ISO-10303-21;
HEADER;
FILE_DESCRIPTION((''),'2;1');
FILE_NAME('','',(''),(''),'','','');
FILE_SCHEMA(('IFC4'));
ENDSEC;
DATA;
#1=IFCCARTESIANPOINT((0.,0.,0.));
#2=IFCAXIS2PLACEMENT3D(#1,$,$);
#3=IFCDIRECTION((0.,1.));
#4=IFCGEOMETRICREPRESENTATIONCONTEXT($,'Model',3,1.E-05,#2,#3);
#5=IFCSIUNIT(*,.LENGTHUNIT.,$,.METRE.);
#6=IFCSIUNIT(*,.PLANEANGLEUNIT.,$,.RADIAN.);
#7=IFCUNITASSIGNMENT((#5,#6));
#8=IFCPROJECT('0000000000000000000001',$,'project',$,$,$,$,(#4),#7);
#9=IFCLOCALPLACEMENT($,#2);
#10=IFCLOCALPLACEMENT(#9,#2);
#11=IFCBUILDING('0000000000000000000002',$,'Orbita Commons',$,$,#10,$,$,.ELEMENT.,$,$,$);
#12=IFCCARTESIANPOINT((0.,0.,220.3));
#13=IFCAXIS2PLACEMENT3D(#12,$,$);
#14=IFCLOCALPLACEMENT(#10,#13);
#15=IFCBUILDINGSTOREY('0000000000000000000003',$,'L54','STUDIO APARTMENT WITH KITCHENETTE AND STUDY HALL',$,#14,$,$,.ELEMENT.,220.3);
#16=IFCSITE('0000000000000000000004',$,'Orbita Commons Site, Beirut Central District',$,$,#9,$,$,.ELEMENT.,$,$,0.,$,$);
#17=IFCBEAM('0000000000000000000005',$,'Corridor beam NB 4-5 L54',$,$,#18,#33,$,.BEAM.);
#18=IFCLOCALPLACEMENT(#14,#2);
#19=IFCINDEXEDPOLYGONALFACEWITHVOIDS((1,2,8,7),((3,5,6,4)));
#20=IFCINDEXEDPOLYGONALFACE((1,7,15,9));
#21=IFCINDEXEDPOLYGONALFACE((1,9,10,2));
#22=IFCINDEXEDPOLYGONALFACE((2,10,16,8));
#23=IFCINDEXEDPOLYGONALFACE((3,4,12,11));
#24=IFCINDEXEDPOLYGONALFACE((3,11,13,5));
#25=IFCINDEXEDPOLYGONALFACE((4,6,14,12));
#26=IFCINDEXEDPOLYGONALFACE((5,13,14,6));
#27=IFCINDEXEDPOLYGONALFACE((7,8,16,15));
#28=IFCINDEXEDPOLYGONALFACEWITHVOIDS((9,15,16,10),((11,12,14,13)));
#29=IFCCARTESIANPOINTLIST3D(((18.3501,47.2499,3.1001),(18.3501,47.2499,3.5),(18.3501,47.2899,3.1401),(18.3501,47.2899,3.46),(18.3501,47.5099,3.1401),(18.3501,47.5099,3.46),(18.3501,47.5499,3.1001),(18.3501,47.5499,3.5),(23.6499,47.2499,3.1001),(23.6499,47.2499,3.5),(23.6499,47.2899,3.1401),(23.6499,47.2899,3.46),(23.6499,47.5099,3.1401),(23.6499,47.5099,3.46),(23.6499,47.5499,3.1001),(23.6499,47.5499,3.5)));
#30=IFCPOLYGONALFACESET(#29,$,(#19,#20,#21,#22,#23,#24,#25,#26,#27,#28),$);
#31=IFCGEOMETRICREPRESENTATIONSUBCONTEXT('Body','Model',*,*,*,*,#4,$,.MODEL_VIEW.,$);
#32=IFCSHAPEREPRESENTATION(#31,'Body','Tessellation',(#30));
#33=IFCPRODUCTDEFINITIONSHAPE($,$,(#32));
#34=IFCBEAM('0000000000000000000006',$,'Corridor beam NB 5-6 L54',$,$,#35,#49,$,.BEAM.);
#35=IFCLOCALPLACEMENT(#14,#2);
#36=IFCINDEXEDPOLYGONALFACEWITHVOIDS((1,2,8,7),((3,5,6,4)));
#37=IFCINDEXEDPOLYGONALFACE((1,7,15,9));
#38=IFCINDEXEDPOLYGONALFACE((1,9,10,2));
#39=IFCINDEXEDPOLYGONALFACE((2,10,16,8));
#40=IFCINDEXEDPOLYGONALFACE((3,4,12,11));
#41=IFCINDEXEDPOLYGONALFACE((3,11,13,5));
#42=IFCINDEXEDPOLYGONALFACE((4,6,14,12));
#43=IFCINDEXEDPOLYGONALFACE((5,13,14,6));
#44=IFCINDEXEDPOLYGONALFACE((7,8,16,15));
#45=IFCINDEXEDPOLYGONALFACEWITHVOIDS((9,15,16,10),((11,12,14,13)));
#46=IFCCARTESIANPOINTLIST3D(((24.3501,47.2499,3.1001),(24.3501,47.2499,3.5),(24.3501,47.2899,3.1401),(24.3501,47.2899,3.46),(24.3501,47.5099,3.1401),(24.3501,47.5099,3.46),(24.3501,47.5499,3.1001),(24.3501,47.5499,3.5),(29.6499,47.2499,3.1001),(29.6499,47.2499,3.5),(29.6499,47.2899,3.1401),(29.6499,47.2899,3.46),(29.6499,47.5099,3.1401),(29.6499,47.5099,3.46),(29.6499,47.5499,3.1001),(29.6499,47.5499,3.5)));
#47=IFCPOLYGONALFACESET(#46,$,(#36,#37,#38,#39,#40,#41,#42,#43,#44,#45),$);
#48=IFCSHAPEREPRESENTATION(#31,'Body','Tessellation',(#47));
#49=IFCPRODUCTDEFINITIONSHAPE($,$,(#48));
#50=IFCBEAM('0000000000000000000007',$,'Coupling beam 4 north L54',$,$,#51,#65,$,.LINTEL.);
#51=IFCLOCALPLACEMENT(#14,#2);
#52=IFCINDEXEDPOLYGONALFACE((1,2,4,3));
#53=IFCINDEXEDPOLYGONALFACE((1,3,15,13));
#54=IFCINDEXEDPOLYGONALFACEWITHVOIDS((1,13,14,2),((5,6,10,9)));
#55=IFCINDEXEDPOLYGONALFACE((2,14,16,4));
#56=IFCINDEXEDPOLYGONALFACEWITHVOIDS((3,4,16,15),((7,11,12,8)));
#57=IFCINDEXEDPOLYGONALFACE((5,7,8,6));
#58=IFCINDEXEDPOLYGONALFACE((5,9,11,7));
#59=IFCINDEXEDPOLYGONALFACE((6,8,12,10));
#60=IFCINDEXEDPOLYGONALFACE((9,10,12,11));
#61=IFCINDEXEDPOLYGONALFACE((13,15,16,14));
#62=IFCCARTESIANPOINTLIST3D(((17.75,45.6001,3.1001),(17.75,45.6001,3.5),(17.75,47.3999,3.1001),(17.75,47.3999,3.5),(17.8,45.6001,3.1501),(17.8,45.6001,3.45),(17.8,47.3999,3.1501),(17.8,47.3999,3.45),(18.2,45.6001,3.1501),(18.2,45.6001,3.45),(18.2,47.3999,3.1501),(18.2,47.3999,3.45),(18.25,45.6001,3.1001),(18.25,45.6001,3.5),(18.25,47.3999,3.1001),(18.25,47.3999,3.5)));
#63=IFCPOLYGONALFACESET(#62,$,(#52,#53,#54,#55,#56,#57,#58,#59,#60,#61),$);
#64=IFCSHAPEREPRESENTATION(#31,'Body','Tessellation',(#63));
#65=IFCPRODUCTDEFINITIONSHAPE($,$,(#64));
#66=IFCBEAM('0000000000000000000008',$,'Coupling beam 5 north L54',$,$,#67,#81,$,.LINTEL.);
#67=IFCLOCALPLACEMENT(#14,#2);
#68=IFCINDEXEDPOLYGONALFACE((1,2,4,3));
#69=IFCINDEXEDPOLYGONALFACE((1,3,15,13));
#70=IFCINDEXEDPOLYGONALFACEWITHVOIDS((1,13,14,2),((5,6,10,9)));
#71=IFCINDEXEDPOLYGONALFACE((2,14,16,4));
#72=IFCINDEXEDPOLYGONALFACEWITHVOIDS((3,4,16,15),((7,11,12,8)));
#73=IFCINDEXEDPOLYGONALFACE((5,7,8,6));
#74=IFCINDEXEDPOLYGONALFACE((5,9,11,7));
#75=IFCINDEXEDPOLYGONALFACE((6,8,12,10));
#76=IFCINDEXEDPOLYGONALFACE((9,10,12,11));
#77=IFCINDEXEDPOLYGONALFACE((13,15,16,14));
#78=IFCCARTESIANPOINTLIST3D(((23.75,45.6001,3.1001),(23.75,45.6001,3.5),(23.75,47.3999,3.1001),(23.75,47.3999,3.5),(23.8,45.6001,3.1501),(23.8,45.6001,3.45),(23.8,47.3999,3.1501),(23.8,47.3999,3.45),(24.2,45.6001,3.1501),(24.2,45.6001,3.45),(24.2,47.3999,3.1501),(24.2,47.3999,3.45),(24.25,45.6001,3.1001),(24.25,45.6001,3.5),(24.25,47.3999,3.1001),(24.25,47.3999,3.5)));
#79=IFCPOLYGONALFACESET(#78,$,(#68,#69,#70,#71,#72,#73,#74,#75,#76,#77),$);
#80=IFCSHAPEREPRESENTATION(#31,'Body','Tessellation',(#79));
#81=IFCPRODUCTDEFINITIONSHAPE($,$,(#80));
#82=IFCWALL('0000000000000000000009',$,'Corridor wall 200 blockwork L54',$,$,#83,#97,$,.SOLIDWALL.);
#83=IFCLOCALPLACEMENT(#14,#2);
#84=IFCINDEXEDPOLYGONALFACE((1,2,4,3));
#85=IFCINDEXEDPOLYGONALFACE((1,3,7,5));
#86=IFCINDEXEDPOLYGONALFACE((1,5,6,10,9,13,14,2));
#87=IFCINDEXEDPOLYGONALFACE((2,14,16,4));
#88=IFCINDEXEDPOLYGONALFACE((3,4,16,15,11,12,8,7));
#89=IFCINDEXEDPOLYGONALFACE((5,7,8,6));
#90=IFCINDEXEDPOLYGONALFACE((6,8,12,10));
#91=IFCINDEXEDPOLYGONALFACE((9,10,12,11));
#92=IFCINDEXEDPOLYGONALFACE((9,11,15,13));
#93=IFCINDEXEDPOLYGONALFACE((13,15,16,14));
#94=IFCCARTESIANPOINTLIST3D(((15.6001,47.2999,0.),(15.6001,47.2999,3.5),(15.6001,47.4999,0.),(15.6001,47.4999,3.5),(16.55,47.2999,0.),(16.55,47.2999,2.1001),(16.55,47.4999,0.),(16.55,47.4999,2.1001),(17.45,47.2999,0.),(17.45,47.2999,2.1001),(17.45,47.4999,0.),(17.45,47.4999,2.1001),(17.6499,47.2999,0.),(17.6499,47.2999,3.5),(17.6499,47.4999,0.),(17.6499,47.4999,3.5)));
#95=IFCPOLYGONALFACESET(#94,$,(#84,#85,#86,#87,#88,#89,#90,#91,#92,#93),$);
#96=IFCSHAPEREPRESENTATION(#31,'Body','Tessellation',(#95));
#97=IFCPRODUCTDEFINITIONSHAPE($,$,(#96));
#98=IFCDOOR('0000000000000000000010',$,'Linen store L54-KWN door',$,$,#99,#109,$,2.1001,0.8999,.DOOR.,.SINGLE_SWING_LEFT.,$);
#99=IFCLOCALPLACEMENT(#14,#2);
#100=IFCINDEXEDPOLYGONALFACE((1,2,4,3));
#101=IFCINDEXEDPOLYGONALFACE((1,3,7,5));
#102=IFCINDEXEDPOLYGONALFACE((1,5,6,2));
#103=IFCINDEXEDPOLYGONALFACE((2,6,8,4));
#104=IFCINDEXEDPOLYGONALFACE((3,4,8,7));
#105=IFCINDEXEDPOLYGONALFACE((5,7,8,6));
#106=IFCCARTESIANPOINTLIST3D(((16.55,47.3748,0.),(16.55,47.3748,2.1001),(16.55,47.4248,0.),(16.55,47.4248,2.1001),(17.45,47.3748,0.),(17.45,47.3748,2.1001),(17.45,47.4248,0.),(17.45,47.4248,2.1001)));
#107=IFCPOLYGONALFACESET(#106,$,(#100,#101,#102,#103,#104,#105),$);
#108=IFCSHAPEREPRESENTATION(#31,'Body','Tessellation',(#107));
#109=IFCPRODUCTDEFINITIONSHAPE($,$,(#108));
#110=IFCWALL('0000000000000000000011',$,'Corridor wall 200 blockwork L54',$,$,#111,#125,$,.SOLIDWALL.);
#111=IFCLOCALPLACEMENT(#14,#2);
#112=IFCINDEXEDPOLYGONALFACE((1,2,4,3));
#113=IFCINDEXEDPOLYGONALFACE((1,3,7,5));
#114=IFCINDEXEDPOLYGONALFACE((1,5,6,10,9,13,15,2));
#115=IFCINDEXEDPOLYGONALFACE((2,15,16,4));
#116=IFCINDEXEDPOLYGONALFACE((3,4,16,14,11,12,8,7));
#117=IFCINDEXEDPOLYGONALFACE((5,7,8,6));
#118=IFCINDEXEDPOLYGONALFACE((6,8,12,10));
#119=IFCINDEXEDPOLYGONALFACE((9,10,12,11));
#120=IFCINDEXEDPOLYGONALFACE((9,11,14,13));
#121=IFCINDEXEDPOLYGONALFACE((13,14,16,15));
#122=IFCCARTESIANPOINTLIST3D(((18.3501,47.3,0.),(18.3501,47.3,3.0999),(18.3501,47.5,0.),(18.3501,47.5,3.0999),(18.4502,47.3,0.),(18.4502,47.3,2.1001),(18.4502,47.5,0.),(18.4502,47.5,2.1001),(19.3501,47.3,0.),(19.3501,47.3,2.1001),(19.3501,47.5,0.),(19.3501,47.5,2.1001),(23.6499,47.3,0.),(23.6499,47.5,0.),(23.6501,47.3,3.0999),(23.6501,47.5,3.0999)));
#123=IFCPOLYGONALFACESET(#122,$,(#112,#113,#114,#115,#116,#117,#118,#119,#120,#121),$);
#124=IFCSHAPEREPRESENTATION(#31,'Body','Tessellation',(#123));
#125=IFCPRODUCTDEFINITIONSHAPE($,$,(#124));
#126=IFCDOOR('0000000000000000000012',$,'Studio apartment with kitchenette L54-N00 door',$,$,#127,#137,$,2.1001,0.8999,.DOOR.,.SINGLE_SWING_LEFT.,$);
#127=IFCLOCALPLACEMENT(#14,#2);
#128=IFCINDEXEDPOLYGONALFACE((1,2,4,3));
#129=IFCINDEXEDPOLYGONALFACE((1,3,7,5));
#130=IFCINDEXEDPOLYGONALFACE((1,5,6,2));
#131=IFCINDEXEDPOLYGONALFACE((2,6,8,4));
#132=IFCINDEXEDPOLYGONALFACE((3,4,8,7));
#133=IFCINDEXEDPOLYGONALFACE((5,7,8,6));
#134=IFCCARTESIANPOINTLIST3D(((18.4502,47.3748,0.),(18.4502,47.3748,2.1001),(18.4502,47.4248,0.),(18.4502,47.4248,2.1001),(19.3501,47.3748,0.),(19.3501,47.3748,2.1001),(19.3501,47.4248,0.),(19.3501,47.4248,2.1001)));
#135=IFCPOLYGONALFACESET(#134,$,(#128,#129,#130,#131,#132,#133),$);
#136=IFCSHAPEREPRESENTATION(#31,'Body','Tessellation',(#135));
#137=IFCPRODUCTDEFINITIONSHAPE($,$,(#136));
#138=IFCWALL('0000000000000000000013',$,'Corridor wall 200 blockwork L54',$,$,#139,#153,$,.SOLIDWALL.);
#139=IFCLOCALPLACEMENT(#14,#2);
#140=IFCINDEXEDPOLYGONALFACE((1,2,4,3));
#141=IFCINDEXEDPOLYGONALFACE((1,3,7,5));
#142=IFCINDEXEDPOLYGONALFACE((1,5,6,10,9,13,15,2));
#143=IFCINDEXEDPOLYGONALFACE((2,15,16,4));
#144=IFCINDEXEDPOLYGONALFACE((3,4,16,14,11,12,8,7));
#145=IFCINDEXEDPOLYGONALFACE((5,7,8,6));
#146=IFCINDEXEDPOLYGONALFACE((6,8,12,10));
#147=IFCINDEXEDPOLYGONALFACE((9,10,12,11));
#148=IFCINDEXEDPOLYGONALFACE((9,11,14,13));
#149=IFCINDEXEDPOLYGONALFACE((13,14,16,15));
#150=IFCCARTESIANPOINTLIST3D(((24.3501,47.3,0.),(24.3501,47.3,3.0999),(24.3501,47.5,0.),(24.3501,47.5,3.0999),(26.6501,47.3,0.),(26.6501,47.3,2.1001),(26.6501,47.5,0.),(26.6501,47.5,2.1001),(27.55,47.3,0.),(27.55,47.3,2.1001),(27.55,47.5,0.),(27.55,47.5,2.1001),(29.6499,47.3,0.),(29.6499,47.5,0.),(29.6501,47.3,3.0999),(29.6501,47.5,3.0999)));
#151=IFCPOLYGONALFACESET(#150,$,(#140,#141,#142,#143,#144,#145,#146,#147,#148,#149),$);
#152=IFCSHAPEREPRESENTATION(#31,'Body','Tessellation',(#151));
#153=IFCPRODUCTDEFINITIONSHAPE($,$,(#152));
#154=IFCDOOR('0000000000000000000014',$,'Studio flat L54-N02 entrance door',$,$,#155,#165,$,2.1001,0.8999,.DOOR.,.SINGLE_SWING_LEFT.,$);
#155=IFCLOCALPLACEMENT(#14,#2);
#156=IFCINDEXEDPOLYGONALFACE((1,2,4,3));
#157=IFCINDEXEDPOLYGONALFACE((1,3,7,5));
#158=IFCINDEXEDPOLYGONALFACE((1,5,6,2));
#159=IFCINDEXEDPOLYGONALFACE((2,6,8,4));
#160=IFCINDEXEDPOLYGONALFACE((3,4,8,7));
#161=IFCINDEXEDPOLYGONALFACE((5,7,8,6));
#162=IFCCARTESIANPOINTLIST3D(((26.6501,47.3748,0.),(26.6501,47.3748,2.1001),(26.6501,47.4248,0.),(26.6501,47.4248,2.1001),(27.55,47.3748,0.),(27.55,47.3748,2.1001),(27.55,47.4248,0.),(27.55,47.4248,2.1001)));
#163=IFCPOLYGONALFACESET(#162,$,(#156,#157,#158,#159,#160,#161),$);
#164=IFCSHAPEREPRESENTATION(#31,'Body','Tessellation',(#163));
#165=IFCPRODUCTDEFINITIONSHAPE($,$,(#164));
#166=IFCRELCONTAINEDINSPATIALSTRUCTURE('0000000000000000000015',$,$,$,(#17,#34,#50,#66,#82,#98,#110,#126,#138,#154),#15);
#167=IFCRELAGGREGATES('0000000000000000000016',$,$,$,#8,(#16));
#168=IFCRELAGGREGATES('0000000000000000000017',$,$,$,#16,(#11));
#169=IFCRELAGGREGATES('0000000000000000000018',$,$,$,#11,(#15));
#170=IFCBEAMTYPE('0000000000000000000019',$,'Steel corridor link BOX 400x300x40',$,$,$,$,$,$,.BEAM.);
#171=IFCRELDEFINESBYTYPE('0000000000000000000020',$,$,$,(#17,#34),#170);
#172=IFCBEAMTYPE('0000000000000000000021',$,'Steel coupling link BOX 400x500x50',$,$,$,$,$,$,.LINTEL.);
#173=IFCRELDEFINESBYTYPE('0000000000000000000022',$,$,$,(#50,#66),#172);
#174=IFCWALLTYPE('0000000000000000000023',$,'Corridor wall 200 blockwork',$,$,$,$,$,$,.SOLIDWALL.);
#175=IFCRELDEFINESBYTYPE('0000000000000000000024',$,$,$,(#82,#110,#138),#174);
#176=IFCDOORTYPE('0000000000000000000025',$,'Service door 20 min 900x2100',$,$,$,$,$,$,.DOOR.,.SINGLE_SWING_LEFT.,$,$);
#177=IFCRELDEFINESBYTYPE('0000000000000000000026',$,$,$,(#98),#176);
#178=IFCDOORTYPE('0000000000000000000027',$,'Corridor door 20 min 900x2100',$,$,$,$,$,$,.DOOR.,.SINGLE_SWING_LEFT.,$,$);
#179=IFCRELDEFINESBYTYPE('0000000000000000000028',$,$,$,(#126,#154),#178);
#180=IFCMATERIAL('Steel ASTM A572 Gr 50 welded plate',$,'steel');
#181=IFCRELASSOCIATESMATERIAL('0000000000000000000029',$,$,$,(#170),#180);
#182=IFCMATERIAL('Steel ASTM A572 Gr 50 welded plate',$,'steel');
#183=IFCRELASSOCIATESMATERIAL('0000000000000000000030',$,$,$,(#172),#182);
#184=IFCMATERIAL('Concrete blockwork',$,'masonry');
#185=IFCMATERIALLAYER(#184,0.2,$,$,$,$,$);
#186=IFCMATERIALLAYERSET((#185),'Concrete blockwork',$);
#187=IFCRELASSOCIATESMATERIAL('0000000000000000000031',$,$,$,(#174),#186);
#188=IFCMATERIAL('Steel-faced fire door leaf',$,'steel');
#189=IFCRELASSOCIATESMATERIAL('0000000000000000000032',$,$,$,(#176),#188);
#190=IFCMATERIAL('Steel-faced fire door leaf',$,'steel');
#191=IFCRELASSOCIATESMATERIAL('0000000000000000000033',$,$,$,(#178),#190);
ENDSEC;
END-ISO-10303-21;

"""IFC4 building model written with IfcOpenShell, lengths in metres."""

from ifc_helpers import new_model, si_unit, direction, frame, frame_2d, origin, origin_2d, place, context, subcontext, project, spatial, polyline, rectangle, hollow_rectangle, outline, extrude, material, layer, layer_set, material_profile, profile_set, type_object, element, fill, save


model = new_model("IFC4")

# Units and contexts
model_context = context("Model", 3, precision=1e-05, world=origin(), true_north=direction((0.0, 1.0)))
body_context = subcontext(model_context, "Body", "Model", "MODEL_VIEW")
ifc_project = project(units=[si_unit("LENGTHUNIT", "METRE"), si_unit("PLANEANGLEUNIT", "RADIAN")], contexts=[model_context])

# Site, building, storey
site_placement = place(None, origin())
site = spatial("IfcSite", under=ifc_project, at=site_placement, Name="Orbita Commons Site, Beirut Central District", CompositionType="ELEMENT", RefElevation=0.0)
building_placement = place(site_placement, origin())
building = spatial("IfcBuilding", under=site, at=building_placement, Name="Orbita Commons", CompositionType="ELEMENT")
storey_placement = place(building_placement, frame((0.0, 0.0, 220.3)))
storey = spatial("IfcBuildingStorey", under=building, at=storey_placement, Name="L54", Description="STUDIO APARTMENT WITH KITCHENETTE AND STUDY HALL", CompositionType="ELEMENT", Elevation=220.3)

# Beams
ifc_material_1 = material(Name="Steel ASTM A572 Gr 50 welded plate", Category="steel")
ifc_material_profile_1 = material_profile(ifc_material_1, hollow_rectangle(XDim=0.3, YDim=0.3999, WallThickness=0.04, at=origin_2d()), Name="BOX 400x300x40")
ifc_profile_set_1 = profile_set([ifc_material_profile_1], Name="Steel ASTM A572 Gr 50 welded plate")
beam_type_1 = type_object("IfcBeamType", Name="Steel corridor link BOX 400x300x40", PredefinedType="BEAM", material=ifc_profile_set_1)
for number, where, z_axis, x_axis, name in (
    (1, (18.3501, 47.3999, 3.3), (1.0, 0.0, 0.0), (0.0, 1.0, 0.0), "Corridor beam NB 4-5 L54"),
    (2, (24.3501, 47.3999, 3.3), (1.0, 0.0, 0.0), (0.0, 1.0, 0.0), "Corridor beam NB 5-6 L54"),
):
    element("IfcBeam", number, at=place(storey_placement, frame(where, z_axis=z_axis, x_axis=x_axis)), inside=storey, type_object=beam_type_1, Name=name, PredefinedType="BEAM", context=body_context, shape_type="SweptSolid", body=[
        extrude(hollow_rectangle(XDim=0.3, YDim=0.3999, WallThickness=0.04, at=origin_2d()), origin(), (0.0, 0.0, 1.0), 5.2998),
    ])
ifc_material_2 = material(Name="Steel ASTM A572 Gr 50 welded plate", Category="steel")
ifc_material_profile_2 = material_profile(ifc_material_2, hollow_rectangle(XDim=0.5, YDim=0.3999, WallThickness=0.05, at=origin_2d()), Name="BOX 400x500x50")
ifc_profile_set_2 = profile_set([ifc_material_profile_2], Name="Steel ASTM A572 Gr 50 welded plate")
beam_type_2 = type_object("IfcBeamType", Name="Steel coupling link BOX 400x500x50", PredefinedType="LINTEL", material=ifc_profile_set_2)
for number, where, z_axis, x_axis, name in (
    (3, (18.0, 45.6001, 3.3), (0.0, 1.0, 0.0), (-1.0, 0.0, 0.0), "Coupling beam 4 north L54"),
    (4, (24.0, 45.6001, 3.3), (0.0, 1.0, 0.0), (-1.0, 0.0, 0.0), "Coupling beam 5 north L54"),
):
    element("IfcBeam", number, at=place(storey_placement, frame(where, z_axis=z_axis, x_axis=x_axis)), inside=storey, type_object=beam_type_2, Name=name, PredefinedType="LINTEL", context=body_context, shape_type="SweptSolid", body=[
        extrude(hollow_rectangle(XDim=0.5, YDim=0.3999, WallThickness=0.05, at=origin_2d()), origin(), (0.0, 0.0, 1.0), 1.7998),
    ])

# Walls, openings, doors
ifc_material_3 = material(Name="Concrete blockwork", Category="masonry")
ifc_layer_1 = layer(ifc_material_3, 0.2)
ifc_layer_set_1 = layer_set([ifc_layer_1], Name="Concrete blockwork")
wall_type_1 = type_object("IfcWallType", Name="Corridor wall 200 blockwork", PredefinedType="SOLIDWALL", material=ifc_layer_set_1)
wall_1_placement = place(storey_placement, frame((15.6001, 47.3999, 0.0), z_axis=(0.0, 0.0, 1.0), x_axis=(1.0, 0.0, 0.0)))
wall_1 = element("IfcWall", 5, at=wall_1_placement, inside=storey, type_object=wall_type_1, Name="Corridor wall 200 blockwork L54", PredefinedType="SOLIDWALL", context=body_context, shape_type="SweptSolid", body=[
    extrude(rectangle(XDim=2.0498, YDim=0.2, at=frame_2d((1.0249, 0.0))), origin(), (0.0, 0.0, 1.0), 3.5),
])
opening_1_placement = place(wall_1_placement, frame((0.95, 0.0, 0.0)))
opening_1 = element("IfcOpeningElement", 6, at=opening_1_placement, cuts=wall_1, PredefinedType="OPENING", context=body_context, shape_type="SweptSolid", body=[
    extrude(rectangle(XDim=0.8999, YDim=2.1001, at=frame_2d((0.45, 1.05))), frame((0.0, 0.1099, 0.0), z_axis=(0.0, -1.0, 0.0), x_axis=(1.0, 0.0, 0.0)), (0.0, 0.0, 1.0), 0.22),
])
ifc_material_4 = material(Name="Steel-faced fire door leaf", Category="steel")
door_type_1 = type_object("IfcDoorType", Name="Service door 20 min 900x2100", OperationType="SINGLE_SWING_LEFT", PredefinedType="DOOR", material=ifc_material_4)
door_1_placement = place(opening_1_placement, origin())
door_1 = element("IfcDoor", 7, at=door_1_placement, inside=storey, type_object=door_type_1, Name="Linen store L54-KWN door", OperationType="SINGLE_SWING_LEFT", OverallHeight=2.1001, OverallWidth=0.8999, PredefinedType="DOOR", context=body_context, shape_type="SweptSolid", body=[
    extrude(rectangle(XDim=0.8999, YDim=2.1001, at=frame_2d((0.45, 1.05))), frame((0.0, 0.0249, 0.0), z_axis=(0.0, -1.0, 0.0), x_axis=(1.0, 0.0, 0.0)), (0.0, 0.0, 1.0), 0.05),
])
fill(opening_1, door_1)
wall_2_placement = place(storey_placement, frame((18.3501, 47.3999, 0.0), z_axis=(0.0, 0.0, 1.0), x_axis=(1.0, 0.0, 0.0)))
wall_2 = element("IfcWall", 8, at=wall_2_placement, inside=storey, type_object=wall_type_1, Name="Corridor wall 200 blockwork L54", PredefinedType="SOLIDWALL", context=body_context, shape_type="SweptSolid", body=[
    extrude(outline(polyline([(0.0, 0.0), (5.2998, 0.0), (5.3, 3.0999), (0.0, 3.0999), (0.0, 0.0)])), frame((0.0, 0.1001, 0.0), z_axis=(0.0, -1.0, 0.0), x_axis=(1.0, 0.0, 0.0)), (0.0, 0.0, 1.0), 0.2),
])
opening_2_placement = place(wall_2_placement, frame((0.1001, 0.0, 0.0)))
opening_2 = element("IfcOpeningElement", 9, at=opening_2_placement, cuts=wall_2, PredefinedType="OPENING", context=body_context, shape_type="SweptSolid", body=[
    extrude(rectangle(XDim=0.8999, YDim=2.1001, at=frame_2d((0.45, 1.05))), frame((0.0, 0.1099, 0.0), z_axis=(0.0, -1.0, 0.0), x_axis=(1.0, 0.0, 0.0)), (0.0, 0.0, 1.0), 0.22),
])
ifc_material_5 = material(Name="Steel-faced fire door leaf", Category="steel")
door_type_2 = type_object("IfcDoorType", Name="Corridor door 20 min 900x2100", OperationType="SINGLE_SWING_LEFT", PredefinedType="DOOR", material=ifc_material_5)
door_2_placement = place(opening_2_placement, origin())
door_2 = element("IfcDoor", 10, at=door_2_placement, inside=storey, type_object=door_type_2, Name="Studio apartment with kitchenette L54-N00 door", OperationType="SINGLE_SWING_LEFT", OverallHeight=2.1001, OverallWidth=0.8999, PredefinedType="DOOR", context=body_context, shape_type="SweptSolid", body=[
    extrude(rectangle(XDim=0.8999, YDim=2.1001, at=frame_2d((0.45, 1.05))), frame((0.0, 0.0249, 0.0), z_axis=(0.0, -1.0, 0.0), x_axis=(1.0, 0.0, 0.0)), (0.0, 0.0, 1.0), 0.05),
])
fill(opening_2, door_2)
wall_3_placement = place(storey_placement, frame((24.3501, 47.3999, 0.0), z_axis=(0.0, 0.0, 1.0), x_axis=(1.0, 0.0, 0.0)))
wall_3 = element("IfcWall", 11, at=wall_3_placement, inside=storey, type_object=wall_type_1, Name="Corridor wall 200 blockwork L54", PredefinedType="SOLIDWALL", context=body_context, shape_type="SweptSolid", body=[
    extrude(outline(polyline([(0.0, 0.0), (5.2998, 0.0), (5.3, 3.0999), (0.0, 3.0999), (0.0, 0.0)])), frame((0.0, 0.1001, 0.0), z_axis=(0.0, -1.0, 0.0), x_axis=(1.0, 0.0, 0.0)), (0.0, 0.0, 1.0), 0.2),
])
opening_3_placement = place(wall_3_placement, frame((2.3, 0.0, 0.0)))
opening_3 = element("IfcOpeningElement", 12, at=opening_3_placement, cuts=wall_3, PredefinedType="OPENING", context=body_context, shape_type="SweptSolid", body=[
    extrude(rectangle(XDim=0.8999, YDim=2.1001, at=frame_2d((0.45, 1.05))), frame((0.0, 0.1099, 0.0), z_axis=(0.0, -1.0, 0.0), x_axis=(1.0, 0.0, 0.0)), (0.0, 0.0, 1.0), 0.22),
])
door_3_placement = place(opening_3_placement, origin())
door_3 = element("IfcDoor", 13, at=door_3_placement, inside=storey, type_object=door_type_2, Name="Studio flat L54-N02 entrance door", OperationType="SINGLE_SWING_LEFT", OverallHeight=2.1001, OverallWidth=0.8999, PredefinedType="DOOR", context=body_context, shape_type="SweptSolid", body=[
    extrude(rectangle(XDim=0.8999, YDim=2.1001, at=frame_2d((0.45, 1.05))), frame((0.0, 0.0249, 0.0), z_axis=(0.0, -1.0, 0.0), x_axis=(1.0, 0.0, 0.0)), (0.0, 0.0, 1.0), 0.05),
])
fill(opening_3, door_3)

save(model, "model.ifc")
